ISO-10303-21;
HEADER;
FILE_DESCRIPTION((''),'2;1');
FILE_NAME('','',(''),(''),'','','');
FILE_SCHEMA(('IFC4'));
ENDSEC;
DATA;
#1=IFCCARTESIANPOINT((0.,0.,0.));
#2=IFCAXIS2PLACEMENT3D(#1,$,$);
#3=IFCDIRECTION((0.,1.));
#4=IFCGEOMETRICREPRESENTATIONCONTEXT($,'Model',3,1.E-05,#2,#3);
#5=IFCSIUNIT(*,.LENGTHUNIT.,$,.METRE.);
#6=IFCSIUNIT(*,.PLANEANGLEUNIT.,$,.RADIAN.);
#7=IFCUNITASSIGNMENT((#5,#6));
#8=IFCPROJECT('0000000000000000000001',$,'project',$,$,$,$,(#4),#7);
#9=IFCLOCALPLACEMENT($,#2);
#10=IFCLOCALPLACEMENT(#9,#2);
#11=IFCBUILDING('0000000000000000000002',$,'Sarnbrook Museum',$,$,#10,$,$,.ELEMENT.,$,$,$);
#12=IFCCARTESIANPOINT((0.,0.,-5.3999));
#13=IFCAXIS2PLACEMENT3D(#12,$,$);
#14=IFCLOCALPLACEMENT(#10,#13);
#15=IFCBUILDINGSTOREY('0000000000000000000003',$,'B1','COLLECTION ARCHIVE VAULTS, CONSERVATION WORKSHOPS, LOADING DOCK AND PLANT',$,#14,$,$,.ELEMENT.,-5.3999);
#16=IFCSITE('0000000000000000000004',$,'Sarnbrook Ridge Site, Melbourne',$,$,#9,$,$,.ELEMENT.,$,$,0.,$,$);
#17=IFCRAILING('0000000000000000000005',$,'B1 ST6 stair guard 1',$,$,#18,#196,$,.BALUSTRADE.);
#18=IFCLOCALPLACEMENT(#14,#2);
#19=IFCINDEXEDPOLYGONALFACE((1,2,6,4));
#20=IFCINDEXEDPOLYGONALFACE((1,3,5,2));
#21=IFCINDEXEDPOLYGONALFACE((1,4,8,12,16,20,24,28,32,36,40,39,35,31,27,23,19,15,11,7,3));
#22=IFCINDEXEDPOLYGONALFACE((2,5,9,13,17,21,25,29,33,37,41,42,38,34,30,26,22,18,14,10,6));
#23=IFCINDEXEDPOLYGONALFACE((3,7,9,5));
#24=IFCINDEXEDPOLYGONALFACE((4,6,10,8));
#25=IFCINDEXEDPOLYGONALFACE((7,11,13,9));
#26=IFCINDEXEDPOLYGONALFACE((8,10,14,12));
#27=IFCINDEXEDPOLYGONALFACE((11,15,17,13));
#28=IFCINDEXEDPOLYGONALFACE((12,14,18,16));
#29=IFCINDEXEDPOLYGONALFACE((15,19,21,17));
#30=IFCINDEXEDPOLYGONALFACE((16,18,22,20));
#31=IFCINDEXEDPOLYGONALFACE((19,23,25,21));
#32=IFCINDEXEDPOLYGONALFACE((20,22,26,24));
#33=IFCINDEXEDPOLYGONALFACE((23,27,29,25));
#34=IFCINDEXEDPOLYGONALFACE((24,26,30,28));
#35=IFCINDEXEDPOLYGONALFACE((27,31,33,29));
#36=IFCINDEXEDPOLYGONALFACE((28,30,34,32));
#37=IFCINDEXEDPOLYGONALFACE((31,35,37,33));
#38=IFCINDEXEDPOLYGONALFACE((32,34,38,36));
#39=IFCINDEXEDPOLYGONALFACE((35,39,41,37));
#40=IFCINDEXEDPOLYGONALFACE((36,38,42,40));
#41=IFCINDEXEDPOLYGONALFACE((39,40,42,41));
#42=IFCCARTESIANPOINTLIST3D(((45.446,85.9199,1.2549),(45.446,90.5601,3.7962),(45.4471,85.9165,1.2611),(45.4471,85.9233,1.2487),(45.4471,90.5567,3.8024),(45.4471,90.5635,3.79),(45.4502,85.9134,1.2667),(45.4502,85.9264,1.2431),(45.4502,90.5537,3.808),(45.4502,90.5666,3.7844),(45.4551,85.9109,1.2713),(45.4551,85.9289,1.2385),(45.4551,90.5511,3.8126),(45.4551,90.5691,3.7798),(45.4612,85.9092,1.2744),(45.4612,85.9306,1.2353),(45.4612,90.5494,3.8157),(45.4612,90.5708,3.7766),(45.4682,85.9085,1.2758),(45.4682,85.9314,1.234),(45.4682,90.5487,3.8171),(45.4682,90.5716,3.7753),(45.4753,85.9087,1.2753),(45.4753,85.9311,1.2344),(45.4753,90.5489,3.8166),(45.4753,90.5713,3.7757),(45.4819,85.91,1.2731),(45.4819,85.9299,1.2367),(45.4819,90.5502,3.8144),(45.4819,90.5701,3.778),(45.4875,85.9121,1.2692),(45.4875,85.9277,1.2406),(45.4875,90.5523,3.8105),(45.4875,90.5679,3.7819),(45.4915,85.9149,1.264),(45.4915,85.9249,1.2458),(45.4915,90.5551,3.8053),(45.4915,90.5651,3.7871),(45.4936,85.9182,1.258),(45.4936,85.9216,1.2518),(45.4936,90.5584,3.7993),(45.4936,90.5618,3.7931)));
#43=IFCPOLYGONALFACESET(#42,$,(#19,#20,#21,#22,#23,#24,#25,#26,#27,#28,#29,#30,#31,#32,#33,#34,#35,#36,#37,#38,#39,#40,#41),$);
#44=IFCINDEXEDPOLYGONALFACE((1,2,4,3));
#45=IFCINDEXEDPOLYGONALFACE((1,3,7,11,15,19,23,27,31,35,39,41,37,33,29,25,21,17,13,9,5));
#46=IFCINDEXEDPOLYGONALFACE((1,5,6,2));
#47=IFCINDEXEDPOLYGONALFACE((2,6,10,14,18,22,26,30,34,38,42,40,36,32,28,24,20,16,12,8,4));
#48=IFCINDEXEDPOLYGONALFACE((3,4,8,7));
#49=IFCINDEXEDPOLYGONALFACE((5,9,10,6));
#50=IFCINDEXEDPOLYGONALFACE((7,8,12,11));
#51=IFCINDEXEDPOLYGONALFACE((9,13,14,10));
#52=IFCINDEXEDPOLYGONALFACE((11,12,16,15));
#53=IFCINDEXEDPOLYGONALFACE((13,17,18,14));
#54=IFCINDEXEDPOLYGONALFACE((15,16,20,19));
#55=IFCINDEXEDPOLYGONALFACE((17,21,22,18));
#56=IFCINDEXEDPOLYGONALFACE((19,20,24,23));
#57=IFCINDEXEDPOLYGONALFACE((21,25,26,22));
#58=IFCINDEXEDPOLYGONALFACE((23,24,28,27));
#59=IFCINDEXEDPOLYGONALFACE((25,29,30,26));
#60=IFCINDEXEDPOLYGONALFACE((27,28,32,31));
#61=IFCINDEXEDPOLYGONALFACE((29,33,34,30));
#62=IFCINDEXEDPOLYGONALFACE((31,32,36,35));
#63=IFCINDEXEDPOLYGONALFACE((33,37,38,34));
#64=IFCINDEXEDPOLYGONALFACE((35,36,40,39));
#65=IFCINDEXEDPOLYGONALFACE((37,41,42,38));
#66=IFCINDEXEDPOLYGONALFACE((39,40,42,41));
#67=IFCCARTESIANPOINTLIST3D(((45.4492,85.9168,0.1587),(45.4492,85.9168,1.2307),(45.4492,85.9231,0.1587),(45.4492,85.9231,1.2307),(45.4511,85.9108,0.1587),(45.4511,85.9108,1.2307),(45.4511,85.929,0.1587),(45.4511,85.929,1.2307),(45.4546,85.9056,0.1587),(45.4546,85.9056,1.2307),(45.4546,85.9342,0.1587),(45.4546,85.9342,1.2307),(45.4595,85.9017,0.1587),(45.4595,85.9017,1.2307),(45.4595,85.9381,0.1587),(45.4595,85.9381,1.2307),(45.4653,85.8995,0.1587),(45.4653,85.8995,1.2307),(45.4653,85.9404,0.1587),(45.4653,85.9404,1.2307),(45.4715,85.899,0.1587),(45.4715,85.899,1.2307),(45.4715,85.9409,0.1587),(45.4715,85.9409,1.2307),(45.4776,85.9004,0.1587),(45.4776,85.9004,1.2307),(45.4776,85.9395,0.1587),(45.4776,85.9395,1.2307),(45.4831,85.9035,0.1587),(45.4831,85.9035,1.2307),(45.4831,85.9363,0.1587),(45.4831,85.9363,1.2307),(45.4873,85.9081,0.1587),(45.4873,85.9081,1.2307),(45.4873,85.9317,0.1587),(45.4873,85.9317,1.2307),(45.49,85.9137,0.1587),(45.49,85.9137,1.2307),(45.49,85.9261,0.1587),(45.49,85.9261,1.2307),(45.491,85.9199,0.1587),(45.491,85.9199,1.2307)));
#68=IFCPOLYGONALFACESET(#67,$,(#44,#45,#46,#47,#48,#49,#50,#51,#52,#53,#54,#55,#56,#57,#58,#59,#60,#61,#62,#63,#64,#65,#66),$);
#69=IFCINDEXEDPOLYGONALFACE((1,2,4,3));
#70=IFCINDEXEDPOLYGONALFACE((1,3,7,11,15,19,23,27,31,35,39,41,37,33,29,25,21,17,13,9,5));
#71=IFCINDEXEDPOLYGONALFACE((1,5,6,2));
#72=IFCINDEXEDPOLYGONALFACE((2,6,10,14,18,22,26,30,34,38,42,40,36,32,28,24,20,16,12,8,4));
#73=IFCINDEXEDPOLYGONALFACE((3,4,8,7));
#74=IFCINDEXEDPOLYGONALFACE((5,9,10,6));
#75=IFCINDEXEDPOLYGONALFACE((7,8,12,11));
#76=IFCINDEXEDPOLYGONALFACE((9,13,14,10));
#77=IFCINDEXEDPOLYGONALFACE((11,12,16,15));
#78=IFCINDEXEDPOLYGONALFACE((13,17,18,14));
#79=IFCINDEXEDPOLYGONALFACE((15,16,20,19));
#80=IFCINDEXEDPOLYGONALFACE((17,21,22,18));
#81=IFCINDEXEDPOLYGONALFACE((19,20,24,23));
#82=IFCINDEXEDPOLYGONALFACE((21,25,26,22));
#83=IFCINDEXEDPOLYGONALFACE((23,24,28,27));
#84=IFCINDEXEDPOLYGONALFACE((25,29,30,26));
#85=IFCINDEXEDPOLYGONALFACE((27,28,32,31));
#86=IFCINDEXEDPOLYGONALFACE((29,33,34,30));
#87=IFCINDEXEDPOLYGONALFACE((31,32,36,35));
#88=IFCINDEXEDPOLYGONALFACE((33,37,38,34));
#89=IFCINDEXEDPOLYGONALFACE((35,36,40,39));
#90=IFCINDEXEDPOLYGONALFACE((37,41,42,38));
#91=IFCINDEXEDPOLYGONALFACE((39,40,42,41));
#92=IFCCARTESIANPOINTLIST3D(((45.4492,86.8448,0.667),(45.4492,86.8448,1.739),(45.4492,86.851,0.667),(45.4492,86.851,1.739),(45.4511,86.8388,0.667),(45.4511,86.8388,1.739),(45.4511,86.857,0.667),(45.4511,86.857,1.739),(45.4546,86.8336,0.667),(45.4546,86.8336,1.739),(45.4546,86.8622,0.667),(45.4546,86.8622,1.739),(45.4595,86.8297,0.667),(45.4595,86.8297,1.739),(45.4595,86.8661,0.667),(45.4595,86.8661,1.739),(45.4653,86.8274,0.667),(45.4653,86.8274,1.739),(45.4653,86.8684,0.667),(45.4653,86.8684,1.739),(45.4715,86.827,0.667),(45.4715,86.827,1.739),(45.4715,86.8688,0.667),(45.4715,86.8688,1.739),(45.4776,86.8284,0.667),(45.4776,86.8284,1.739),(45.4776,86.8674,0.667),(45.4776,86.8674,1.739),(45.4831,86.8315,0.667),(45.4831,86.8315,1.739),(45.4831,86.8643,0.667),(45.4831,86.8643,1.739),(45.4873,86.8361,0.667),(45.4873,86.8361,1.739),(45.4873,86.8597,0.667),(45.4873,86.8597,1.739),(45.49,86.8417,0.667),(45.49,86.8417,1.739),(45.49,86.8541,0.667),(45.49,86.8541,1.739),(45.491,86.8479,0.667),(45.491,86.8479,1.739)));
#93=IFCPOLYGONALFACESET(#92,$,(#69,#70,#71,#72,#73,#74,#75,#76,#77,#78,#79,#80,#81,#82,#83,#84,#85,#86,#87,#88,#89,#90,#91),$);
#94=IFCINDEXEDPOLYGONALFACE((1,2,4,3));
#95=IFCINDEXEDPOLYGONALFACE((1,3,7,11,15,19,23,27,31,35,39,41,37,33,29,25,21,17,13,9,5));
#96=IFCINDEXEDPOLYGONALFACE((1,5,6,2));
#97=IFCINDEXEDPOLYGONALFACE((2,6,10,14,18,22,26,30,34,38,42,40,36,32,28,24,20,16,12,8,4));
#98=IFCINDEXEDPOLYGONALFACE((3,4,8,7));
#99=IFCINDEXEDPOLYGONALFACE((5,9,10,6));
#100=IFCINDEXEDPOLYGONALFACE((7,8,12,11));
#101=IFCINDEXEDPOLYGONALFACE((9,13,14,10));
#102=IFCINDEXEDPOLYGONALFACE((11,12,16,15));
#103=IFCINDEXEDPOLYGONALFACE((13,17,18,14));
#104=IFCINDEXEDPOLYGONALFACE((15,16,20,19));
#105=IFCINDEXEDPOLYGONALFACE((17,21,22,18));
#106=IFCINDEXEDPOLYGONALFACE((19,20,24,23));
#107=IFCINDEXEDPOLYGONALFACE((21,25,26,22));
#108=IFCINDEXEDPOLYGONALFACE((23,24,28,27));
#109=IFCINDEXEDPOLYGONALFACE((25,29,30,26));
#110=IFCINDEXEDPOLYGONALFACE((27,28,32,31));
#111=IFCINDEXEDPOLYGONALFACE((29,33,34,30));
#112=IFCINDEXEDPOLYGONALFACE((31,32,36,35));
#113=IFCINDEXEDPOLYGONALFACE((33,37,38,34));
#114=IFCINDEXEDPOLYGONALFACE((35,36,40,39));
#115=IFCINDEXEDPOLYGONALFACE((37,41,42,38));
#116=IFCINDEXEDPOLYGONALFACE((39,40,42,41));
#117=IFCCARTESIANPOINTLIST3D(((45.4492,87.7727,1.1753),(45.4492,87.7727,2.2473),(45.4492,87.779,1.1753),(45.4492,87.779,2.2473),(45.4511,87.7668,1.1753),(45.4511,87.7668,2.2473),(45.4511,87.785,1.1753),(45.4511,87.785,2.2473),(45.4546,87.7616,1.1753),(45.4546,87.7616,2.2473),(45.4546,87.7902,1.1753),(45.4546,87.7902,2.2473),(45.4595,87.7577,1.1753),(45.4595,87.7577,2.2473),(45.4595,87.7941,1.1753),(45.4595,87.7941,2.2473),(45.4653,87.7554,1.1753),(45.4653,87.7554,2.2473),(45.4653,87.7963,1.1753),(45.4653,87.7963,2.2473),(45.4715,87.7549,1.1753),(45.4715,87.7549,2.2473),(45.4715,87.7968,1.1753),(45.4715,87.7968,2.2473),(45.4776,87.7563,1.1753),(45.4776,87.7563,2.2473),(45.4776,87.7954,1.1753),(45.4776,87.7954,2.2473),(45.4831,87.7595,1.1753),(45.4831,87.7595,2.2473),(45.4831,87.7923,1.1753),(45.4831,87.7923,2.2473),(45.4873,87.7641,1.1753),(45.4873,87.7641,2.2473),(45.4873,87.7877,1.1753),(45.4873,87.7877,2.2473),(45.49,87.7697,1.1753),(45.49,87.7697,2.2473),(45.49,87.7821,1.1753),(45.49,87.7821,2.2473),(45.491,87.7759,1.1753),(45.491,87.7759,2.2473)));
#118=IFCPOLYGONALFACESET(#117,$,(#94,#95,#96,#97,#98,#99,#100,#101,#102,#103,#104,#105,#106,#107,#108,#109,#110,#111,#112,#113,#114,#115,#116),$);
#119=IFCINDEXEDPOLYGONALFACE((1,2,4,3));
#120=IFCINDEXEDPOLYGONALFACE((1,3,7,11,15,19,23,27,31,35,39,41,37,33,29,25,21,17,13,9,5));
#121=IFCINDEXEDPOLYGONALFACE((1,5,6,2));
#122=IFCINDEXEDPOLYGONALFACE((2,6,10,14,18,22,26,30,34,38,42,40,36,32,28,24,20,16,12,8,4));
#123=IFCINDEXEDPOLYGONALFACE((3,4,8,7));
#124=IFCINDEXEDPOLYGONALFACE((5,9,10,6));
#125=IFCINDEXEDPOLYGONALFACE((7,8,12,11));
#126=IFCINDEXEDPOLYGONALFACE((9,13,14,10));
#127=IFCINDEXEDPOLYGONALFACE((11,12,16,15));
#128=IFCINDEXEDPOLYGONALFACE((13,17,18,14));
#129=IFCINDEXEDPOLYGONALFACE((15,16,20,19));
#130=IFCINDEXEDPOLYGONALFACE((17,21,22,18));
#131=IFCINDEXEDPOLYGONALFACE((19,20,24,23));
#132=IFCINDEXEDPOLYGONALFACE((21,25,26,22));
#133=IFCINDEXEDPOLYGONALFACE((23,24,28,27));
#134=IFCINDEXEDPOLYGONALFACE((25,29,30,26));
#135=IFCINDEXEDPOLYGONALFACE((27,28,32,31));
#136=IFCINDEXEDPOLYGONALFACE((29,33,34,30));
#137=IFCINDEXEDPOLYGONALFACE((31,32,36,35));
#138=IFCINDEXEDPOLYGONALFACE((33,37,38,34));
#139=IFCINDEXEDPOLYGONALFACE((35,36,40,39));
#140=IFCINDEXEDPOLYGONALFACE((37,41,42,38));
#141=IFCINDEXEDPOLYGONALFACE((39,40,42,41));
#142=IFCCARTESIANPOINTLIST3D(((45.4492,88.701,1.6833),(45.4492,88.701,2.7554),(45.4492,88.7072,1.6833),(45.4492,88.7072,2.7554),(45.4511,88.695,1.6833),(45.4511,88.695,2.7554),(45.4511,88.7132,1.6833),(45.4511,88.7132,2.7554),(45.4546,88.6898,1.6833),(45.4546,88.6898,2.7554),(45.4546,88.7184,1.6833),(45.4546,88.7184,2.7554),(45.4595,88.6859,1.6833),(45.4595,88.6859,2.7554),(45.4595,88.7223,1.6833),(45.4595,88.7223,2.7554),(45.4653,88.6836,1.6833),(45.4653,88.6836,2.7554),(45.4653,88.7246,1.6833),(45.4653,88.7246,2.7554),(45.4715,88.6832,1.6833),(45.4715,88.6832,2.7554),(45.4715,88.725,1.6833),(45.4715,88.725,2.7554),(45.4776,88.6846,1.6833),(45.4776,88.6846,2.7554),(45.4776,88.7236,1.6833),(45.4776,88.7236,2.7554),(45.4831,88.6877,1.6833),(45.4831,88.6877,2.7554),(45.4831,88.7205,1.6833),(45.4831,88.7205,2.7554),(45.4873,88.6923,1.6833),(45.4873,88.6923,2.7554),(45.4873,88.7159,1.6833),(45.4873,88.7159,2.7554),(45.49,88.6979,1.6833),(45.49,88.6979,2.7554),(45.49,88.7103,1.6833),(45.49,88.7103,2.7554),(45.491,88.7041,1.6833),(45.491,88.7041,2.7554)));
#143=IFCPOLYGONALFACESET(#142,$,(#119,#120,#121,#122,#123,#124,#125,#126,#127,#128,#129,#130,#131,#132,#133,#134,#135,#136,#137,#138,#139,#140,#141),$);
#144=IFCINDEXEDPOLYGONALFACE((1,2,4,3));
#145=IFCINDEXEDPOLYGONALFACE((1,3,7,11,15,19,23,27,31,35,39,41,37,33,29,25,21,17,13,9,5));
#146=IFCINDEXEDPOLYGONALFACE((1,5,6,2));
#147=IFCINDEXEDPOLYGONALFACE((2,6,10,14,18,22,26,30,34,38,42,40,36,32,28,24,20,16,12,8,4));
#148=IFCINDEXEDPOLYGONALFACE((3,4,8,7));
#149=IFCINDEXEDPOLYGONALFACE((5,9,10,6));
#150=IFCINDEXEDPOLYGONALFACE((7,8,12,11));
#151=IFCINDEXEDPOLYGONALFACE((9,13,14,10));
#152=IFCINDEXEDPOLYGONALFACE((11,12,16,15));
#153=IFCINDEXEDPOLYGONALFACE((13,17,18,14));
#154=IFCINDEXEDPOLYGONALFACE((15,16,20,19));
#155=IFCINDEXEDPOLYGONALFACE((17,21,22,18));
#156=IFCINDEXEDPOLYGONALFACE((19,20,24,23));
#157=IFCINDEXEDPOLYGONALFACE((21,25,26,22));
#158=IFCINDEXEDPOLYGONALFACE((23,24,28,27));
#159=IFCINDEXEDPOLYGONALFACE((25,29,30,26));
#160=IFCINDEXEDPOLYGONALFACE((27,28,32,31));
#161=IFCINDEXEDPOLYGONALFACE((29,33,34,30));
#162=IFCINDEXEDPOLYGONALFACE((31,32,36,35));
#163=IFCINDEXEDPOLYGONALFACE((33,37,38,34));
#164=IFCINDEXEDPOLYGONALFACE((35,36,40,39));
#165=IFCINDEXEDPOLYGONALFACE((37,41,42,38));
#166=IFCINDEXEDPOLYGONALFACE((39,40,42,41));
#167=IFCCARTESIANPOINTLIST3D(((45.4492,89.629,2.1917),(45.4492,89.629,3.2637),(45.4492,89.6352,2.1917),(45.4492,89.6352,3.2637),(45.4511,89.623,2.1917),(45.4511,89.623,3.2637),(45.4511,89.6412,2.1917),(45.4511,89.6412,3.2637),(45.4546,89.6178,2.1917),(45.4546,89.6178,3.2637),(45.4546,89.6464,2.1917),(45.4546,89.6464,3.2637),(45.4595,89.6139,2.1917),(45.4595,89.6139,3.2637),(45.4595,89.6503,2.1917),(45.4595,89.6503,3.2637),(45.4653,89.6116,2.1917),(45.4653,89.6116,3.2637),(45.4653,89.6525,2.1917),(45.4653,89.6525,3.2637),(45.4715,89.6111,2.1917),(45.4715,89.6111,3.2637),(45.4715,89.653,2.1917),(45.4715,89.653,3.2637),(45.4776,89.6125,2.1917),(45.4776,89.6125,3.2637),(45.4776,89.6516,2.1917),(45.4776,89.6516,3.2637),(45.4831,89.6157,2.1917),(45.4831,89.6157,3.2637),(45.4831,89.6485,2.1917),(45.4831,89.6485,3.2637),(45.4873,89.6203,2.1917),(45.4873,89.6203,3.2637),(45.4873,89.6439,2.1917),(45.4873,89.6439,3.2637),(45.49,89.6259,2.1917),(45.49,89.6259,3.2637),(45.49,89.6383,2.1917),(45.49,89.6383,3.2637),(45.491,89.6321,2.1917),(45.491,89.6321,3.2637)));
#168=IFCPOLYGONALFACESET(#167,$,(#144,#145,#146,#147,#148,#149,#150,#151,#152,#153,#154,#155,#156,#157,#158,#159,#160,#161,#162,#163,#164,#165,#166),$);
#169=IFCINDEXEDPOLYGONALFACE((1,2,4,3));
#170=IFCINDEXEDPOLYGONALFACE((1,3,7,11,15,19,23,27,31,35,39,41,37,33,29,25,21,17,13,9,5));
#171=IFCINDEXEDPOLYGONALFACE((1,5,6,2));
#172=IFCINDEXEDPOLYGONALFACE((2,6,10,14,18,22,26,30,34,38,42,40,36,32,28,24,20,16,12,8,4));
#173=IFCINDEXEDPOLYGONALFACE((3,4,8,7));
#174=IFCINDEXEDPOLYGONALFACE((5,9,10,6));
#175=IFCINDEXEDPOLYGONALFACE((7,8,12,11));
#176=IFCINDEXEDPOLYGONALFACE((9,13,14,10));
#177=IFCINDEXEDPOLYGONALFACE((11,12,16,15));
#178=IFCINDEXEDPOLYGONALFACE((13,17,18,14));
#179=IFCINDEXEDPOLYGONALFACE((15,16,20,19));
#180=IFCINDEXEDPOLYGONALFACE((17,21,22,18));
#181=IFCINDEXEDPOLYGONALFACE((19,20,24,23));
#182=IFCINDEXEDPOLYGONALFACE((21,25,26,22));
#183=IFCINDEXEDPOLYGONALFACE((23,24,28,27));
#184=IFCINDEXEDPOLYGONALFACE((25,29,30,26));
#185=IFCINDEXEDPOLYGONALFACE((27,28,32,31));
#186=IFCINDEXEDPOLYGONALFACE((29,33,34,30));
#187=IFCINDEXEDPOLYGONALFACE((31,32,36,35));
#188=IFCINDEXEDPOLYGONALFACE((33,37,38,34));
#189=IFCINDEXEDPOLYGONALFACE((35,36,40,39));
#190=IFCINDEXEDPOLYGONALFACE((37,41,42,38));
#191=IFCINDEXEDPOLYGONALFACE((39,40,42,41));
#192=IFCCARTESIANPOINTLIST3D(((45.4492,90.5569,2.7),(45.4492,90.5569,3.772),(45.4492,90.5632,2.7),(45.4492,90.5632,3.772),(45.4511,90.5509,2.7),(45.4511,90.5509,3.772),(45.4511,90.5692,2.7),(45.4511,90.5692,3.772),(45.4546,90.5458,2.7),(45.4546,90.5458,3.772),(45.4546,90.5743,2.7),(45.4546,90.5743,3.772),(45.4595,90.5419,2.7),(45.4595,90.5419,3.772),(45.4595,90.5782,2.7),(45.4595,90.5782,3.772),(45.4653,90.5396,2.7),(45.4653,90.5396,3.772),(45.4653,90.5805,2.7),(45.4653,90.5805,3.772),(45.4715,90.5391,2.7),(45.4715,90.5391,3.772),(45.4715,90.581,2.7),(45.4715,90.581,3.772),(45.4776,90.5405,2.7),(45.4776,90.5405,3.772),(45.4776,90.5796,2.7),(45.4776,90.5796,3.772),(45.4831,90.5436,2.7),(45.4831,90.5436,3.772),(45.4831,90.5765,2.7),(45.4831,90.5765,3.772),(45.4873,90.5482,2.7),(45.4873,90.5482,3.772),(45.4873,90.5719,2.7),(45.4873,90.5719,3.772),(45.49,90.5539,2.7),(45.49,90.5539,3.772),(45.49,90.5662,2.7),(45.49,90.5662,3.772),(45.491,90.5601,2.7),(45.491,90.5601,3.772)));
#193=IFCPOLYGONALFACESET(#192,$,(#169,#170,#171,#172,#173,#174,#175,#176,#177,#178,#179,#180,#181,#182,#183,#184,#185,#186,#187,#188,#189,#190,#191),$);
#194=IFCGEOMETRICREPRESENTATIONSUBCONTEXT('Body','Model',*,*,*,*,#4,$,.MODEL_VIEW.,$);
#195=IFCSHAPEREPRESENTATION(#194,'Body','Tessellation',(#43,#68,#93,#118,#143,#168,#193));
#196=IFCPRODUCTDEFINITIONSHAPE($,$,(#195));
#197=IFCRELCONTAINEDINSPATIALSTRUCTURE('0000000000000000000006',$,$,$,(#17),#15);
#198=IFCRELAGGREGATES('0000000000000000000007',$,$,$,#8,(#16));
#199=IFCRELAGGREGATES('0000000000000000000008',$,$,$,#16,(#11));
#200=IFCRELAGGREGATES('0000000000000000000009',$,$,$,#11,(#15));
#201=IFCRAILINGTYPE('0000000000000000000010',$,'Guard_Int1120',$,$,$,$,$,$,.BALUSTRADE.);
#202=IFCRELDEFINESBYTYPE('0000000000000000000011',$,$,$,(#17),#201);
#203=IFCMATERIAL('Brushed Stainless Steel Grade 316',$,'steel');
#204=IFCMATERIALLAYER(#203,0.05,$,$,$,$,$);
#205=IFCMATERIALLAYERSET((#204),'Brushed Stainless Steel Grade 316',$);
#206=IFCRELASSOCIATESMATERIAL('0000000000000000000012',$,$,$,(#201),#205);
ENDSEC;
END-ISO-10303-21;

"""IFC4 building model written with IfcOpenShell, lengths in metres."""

from ifc_helpers import new_model, si_unit, direction, frame, origin, origin_2d, place, context, subcontext, project, spatial, circle, extrude, material, layer, layer_set, type_object, element, save


model = new_model("IFC4")

# Units and contexts
model_context = context("Model", 3, precision=1e-05, world=origin(), true_north=direction((0.0, 1.0)))
body_context = subcontext(model_context, "Body", "Model", "MODEL_VIEW")
ifc_project = project(units=[si_unit("LENGTHUNIT", "METRE"), si_unit("PLANEANGLEUNIT", "RADIAN")], contexts=[model_context])

# Site, building, storey
site_placement = place(None, origin())
site = spatial("IfcSite", under=ifc_project, at=site_placement, Name="Sarnbrook Ridge Site, Melbourne", CompositionType="ELEMENT", RefElevation=0.0)
building_placement = place(site_placement, origin())
building = spatial("IfcBuilding", under=site, at=building_placement, Name="Sarnbrook Museum", CompositionType="ELEMENT")
storey_placement = place(building_placement, frame((0.0, 0.0, -5.3999)))
storey = spatial("IfcBuildingStorey", under=building, at=storey_placement, Name="B1", Description="COLLECTION ARCHIVE VAULTS, CONSERVATION WORKSHOPS, LOADING DOCK AND PLANT", CompositionType="ELEMENT", Elevation=-5.3999)

# Shared definitions
ifc_material_1 = material(Name="Brushed Stainless Steel Grade 316", Category="steel")

# Railing
ifc_layer_1 = layer(ifc_material_1, 0.05)
ifc_layer_set_1 = layer_set([ifc_layer_1], Name="Brushed Stainless Steel Grade 316")
railing_type_1 = type_object("IfcRailingType", Name="Guard_Int1120", PredefinedType="BALUSTRADE", material=ifc_layer_set_1)
railing_1_placement = place(storey_placement, frame((45.47, 85.9199, 0.1587)))
element("IfcRailing", 1, at=railing_1_placement, inside=storey, type_object=railing_type_1, Name="B1 ST6 stair guard 1", PredefinedType="BALUSTRADE", context=body_context, shape_type="SweptSolid", body=[
    extrude(circle(Radius=0.0239, at=origin_2d()), frame((0.0, 0.0, 1.0962), z_axis=(0.0, 0.877078, 0.480348), x_axis=(-1.0, 0.0, 0.0)), (0.0, 0.0, 1.0), 5.2905),
    extrude(circle(Radius=0.021, at=origin_2d()), origin(), (0.0, 0.0, 1.0), 1.072),
    extrude(circle(Radius=0.021, at=origin_2d()), frame((0.0, 0.928, 0.5083)), (0.0, 0.0, 1.0), 1.072),
    extrude(circle(Radius=0.021, at=origin_2d()), frame((0.0, 1.856, 1.0166)), (0.0, 0.0, 1.0), 1.072),
    extrude(circle(Radius=0.021, at=origin_2d()), frame((0.0, 2.7842, 1.5247)), (0.0, 0.0, 1.0), 1.072),
    extrude(circle(Radius=0.021, at=origin_2d()), frame((0.0, 3.7122, 2.033)), (0.0, 0.0, 1.0), 1.072),
    extrude(circle(Radius=0.021, at=origin_2d()), frame((0.0, 4.6401, 2.5413)), (0.0, 0.0, 1.0), 1.072),
])

save(model, "model.ifc")
